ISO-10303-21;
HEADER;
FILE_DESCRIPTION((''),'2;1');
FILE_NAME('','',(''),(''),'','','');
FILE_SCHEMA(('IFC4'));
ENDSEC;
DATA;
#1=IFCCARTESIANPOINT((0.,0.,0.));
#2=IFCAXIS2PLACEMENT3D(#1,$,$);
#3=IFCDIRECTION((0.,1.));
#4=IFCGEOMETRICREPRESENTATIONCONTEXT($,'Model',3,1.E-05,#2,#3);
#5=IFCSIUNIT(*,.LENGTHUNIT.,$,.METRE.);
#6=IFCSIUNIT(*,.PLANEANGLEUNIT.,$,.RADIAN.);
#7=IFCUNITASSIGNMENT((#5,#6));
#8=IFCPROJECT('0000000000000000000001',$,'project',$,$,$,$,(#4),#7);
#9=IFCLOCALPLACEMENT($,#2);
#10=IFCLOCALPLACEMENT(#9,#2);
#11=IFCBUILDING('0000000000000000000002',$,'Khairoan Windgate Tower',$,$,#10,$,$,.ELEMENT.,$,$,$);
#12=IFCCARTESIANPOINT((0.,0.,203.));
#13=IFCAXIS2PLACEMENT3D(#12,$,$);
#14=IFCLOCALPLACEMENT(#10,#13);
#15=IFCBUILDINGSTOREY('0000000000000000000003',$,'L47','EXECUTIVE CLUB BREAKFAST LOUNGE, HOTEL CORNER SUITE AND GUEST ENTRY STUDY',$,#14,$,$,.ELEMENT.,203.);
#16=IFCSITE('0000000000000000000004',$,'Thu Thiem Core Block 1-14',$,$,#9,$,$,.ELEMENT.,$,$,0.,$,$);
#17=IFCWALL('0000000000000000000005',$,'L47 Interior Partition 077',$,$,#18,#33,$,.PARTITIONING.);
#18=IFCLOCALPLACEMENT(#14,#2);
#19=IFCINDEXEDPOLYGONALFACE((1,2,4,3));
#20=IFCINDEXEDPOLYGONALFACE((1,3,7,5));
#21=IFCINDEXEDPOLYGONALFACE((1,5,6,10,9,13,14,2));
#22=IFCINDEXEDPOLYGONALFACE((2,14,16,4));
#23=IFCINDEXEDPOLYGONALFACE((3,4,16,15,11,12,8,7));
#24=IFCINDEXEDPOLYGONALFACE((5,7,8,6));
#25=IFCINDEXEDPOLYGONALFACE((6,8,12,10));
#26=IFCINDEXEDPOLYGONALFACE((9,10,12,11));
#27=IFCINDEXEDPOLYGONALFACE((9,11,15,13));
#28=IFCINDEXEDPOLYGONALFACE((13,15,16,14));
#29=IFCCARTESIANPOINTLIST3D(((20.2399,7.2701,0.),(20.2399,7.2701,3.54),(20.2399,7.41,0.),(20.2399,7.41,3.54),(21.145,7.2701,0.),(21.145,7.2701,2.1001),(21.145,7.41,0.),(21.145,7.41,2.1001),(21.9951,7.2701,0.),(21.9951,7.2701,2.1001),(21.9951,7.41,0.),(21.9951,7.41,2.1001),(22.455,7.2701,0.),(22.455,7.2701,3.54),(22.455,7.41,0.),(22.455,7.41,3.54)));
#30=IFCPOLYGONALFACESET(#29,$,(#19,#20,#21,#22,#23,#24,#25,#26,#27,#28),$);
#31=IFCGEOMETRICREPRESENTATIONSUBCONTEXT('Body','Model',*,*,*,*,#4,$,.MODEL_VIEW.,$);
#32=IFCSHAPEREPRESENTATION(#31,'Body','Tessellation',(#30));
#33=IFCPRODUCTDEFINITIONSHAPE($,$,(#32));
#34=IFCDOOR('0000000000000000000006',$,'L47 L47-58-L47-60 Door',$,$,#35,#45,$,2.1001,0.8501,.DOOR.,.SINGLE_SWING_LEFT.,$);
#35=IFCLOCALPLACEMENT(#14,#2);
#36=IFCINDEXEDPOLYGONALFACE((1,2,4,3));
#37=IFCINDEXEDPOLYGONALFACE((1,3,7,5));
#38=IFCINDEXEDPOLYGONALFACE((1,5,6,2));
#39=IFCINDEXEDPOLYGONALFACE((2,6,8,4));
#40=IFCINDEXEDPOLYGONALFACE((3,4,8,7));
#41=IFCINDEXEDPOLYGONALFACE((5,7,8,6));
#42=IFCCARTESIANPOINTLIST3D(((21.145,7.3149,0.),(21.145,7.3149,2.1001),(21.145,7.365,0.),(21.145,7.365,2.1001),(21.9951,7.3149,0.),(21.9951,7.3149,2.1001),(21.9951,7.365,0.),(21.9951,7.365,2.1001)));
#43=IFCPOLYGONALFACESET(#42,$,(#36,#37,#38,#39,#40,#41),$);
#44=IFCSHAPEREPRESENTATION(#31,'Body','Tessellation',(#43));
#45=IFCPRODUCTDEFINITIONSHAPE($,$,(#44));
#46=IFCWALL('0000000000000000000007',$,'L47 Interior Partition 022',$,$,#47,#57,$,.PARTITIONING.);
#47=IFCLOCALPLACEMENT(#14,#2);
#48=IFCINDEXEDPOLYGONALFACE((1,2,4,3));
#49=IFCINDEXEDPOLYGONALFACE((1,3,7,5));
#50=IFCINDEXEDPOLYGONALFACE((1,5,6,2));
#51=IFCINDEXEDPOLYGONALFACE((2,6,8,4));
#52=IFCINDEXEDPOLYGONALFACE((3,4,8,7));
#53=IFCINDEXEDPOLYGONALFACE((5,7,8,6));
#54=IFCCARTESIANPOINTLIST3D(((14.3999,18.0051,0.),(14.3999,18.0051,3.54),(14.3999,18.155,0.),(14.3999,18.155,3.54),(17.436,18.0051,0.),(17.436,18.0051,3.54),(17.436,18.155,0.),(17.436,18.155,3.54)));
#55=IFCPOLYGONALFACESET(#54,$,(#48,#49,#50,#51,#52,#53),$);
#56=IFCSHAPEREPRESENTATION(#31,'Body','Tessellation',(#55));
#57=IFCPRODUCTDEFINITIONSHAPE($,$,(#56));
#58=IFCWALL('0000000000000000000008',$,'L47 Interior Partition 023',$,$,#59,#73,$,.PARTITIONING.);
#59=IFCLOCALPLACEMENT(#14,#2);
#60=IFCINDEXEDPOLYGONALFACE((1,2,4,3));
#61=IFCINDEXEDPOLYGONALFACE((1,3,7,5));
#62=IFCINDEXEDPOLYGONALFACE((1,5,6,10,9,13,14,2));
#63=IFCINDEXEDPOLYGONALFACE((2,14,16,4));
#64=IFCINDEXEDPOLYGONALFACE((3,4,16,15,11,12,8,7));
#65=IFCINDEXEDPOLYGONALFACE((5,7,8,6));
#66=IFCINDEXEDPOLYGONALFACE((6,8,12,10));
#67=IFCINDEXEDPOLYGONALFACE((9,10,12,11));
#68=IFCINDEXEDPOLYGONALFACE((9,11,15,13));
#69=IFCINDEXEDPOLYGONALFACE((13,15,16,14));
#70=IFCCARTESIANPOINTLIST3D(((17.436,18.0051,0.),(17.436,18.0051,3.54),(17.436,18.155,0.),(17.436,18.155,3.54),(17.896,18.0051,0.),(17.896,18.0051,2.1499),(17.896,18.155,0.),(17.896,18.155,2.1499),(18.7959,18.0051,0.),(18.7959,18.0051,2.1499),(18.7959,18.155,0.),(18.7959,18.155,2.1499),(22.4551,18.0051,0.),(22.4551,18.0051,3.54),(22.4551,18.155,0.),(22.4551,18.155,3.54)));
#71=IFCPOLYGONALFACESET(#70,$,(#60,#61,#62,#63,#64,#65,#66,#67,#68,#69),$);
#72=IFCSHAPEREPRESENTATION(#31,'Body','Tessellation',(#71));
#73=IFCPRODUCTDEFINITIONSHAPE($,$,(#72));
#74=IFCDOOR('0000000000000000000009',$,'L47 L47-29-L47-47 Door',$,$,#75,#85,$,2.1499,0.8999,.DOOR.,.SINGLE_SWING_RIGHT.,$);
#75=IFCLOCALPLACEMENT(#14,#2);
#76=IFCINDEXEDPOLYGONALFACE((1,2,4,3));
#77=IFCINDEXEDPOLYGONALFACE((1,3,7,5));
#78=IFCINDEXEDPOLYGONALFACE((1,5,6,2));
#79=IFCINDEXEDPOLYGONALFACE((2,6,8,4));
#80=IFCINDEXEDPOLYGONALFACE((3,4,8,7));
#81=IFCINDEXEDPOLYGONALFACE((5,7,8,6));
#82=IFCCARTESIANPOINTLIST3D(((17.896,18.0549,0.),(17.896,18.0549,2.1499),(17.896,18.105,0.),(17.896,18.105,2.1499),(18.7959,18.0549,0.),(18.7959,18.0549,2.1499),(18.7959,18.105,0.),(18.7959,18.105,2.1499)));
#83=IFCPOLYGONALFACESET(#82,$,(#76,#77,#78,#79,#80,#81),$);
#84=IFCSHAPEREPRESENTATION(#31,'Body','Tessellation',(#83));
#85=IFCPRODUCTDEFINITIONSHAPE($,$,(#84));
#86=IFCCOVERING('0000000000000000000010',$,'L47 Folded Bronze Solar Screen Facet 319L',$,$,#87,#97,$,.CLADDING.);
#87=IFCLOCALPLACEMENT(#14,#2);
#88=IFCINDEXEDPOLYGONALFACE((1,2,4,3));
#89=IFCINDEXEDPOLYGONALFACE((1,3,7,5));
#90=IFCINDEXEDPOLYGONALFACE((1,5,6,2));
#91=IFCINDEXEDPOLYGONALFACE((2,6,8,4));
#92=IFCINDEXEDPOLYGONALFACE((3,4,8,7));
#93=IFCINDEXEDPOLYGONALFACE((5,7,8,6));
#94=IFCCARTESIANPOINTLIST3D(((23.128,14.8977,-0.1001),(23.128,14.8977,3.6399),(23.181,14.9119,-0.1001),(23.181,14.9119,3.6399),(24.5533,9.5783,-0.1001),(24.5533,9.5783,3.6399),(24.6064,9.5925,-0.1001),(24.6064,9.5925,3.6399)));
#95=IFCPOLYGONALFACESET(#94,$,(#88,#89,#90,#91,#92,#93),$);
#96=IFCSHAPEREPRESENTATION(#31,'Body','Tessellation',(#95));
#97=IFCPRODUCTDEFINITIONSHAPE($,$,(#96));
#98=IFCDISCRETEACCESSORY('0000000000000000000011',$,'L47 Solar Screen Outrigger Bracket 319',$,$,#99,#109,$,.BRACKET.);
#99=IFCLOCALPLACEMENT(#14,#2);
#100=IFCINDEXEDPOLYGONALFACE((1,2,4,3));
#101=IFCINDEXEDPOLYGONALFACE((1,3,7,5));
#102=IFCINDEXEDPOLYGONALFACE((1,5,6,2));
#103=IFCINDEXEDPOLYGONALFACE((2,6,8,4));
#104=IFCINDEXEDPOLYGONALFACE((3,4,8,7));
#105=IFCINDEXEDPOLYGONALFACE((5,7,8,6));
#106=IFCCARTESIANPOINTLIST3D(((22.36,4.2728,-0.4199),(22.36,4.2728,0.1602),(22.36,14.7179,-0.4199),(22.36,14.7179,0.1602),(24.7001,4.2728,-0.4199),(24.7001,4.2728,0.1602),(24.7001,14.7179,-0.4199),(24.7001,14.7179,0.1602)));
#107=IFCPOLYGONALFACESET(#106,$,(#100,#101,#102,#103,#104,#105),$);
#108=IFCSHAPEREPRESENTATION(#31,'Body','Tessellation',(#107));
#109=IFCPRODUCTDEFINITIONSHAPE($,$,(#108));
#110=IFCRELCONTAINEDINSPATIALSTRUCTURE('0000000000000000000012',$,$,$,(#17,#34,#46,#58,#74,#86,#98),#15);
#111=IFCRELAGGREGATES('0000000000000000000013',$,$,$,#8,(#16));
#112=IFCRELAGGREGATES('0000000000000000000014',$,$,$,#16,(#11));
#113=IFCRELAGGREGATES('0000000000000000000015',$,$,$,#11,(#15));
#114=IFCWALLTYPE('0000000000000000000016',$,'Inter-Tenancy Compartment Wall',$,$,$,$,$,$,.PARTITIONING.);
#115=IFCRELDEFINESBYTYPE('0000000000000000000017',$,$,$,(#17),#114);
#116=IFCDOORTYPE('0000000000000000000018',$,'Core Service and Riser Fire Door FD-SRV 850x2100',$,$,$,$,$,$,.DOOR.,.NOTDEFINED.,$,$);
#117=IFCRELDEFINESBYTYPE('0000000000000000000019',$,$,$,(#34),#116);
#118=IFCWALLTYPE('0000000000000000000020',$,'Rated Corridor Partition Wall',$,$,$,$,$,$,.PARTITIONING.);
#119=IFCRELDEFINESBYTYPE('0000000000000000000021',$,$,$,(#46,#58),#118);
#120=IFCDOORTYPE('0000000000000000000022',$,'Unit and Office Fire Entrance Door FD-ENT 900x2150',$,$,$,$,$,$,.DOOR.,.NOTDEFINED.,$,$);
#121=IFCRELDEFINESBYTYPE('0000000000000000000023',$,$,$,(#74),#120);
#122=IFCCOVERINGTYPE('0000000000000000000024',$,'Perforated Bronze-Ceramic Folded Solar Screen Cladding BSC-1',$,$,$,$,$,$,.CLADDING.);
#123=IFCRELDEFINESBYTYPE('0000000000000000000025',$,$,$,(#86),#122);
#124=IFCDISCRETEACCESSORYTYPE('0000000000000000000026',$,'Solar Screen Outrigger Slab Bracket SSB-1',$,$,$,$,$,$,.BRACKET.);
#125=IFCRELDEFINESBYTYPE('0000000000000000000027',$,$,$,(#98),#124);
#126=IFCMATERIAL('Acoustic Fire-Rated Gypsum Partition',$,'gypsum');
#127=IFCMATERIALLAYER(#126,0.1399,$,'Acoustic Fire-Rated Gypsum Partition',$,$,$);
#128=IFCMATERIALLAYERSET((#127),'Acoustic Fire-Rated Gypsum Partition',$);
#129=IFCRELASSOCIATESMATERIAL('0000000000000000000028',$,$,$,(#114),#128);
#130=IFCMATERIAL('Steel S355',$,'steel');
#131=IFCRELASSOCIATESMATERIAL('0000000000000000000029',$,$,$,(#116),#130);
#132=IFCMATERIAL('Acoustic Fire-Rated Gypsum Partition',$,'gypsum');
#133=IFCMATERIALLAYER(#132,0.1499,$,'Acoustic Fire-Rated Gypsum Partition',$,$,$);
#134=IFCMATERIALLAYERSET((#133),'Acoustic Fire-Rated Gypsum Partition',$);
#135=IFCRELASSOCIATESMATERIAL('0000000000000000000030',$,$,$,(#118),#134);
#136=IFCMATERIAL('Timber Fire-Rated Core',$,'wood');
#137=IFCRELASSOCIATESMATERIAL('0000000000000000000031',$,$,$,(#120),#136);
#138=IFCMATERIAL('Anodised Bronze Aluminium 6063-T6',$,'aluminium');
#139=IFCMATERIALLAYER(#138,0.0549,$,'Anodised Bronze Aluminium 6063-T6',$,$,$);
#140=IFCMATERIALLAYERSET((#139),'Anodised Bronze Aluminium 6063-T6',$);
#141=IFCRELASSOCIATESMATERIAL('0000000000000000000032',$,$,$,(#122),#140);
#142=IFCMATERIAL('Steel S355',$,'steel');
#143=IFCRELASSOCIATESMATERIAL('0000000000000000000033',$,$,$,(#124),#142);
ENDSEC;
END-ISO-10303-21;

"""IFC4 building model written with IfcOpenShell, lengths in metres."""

from ifc_helpers import new_model, si_unit, direction, frame, frame_2d, origin, origin_2d, place, context, subcontext, project, spatial, rectangle, extrude, material, layer, layer_set, type_object, element, fill, save


model = new_model("IFC4")

# Units and contexts
model_context = context("Model", 3, precision=1e-05, world=origin(), true_north=direction((0.0, 1.0)))
body_context = subcontext(model_context, "Body", "Model", "MODEL_VIEW")
ifc_project = project(units=[si_unit("LENGTHUNIT", "METRE"), si_unit("PLANEANGLEUNIT", "RADIAN")], contexts=[model_context])

# Site, building, storey
site_placement = place(None, origin())
site = spatial("IfcSite", under=ifc_project, at=site_placement, Name="Thu Thiem Core Block 1-14", CompositionType="ELEMENT", RefElevation=0.0)
building_placement = place(site_placement, origin())
building = spatial("IfcBuilding", under=site, at=building_placement, Name="Khairoan Windgate Tower", CompositionType="ELEMENT")
storey_placement = place(building_placement, frame((0.0, 0.0, 203.0)))
storey = spatial("IfcBuildingStorey", under=building, at=storey_placement, Name="L47", Description="EXECUTIVE CLUB BREAKFAST LOUNGE, HOTEL CORNER SUITE AND GUEST ENTRY STUDY", CompositionType="ELEMENT", Elevation=203.0)

# Wall, opening, door
ifc_material_1 = material(Name="Acoustic Fire-Rated Gypsum Partition", Category="gypsum")
ifc_layer_1 = layer(ifc_material_1, 0.1399, Name="Acoustic Fire-Rated Gypsum Partition")
ifc_layer_set_1 = layer_set([ifc_layer_1], Name="Acoustic Fire-Rated Gypsum Partition")
wall_type_1 = type_object("IfcWallType", Name="Inter-Tenancy Compartment Wall", PredefinedType="PARTITIONING", material=ifc_layer_set_1)
wall_1_placement = place(storey_placement, frame((20.24, 7.3401, 0.0), z_axis=(0.0, 0.0, 1.0), x_axis=(1.0, 0.0, 0.0)))
wall_1 = element("IfcWall", 1, at=wall_1_placement, inside=storey, type_object=wall_type_1, Name="L47 Interior Partition 077", PredefinedType="PARTITIONING", context=body_context, shape_type="SweptSolid", body=[
    extrude(rectangle(XDim=2.2151, YDim=0.1399, at=frame_2d((1.1074, 0.0))), origin(), (0.0, 0.0, 1.0), 3.54),
])
opening_1_placement = place(wall_1_placement, frame((0.905, 0.0, 0.0)))
opening_1 = element("IfcOpeningElement", 2, at=opening_1_placement, cuts=wall_1, PredefinedType="OPENING", context=body_context, shape_type="SweptSolid", body=[
    extrude(rectangle(XDim=0.8501, YDim=2.1001, at=frame_2d((0.425, 1.05))), frame((0.0, 0.0798, 0.0), z_axis=(0.0, -1.0, 0.0), x_axis=(1.0, 0.0, 0.0)), (0.0, 0.0, 1.0), 0.1599),
])
ifc_material_2 = material(Name="Steel S355", Category="steel")
door_type_1 = type_object("IfcDoorType", Name="Core Service and Riser Fire Door FD-SRV 850x2100", OperationType="NOTDEFINED", PredefinedType="DOOR", material=ifc_material_2)
door_1_placement = place(opening_1_placement, origin())
door_1 = element("IfcDoor", 3, at=door_1_placement, inside=storey, type_object=door_type_1, Name="L47 L47-58-L47-60 Door", OperationType="SINGLE_SWING_LEFT", OverallHeight=2.1001, OverallWidth=0.8501, PredefinedType="DOOR", context=body_context, shape_type="SweptSolid", body=[
    extrude(rectangle(XDim=0.8501, YDim=2.1001, at=frame_2d((0.425, 1.05))), frame((0.0, 0.0249, 0.0), z_axis=(0.0, -1.0, 0.0), x_axis=(1.0, 0.0, 0.0)), (0.0, 0.0, 1.0), 0.05),
])
fill(opening_1, door_1)

# Wall
ifc_material_3 = material(Name="Acoustic Fire-Rated Gypsum Partition", Category="gypsum")
ifc_layer_2 = layer(ifc_material_3, 0.1499, Name="Acoustic Fire-Rated Gypsum Partition")
ifc_layer_set_2 = layer_set([ifc_layer_2], Name="Acoustic Fire-Rated Gypsum Partition")
wall_type_2 = type_object("IfcWallType", Name="Rated Corridor Partition Wall", PredefinedType="PARTITIONING", material=ifc_layer_set_2)
wall_2_placement = place(storey_placement, frame((14.3999, 18.0801, 0.0), z_axis=(0.0, 0.0, 1.0), x_axis=(1.0, 0.0, 0.0)))
element("IfcWall", 4, at=wall_2_placement, inside=storey, type_object=wall_type_2, Name="L47 Interior Partition 022", PredefinedType="PARTITIONING", context=body_context, shape_type="SweptSolid", body=[
    extrude(rectangle(XDim=3.0361, YDim=0.1499, at=frame_2d((1.5181, 0.0))), origin(), (0.0, 0.0, 1.0), 3.54),
])

# Wall, opening, door
wall_3_placement = place(storey_placement, frame((17.436, 18.0801, 0.0), z_axis=(0.0, 0.0, 1.0), x_axis=(1.0, 0.0, 0.0)))
wall_3 = element("IfcWall", 5, at=wall_3_placement, inside=storey, type_object=wall_type_2, Name="L47 Interior Partition 023", PredefinedType="PARTITIONING", context=body_context, shape_type="SweptSolid", body=[
    extrude(rectangle(XDim=5.019, YDim=0.1499, at=frame_2d((2.5095, 0.0))), origin(), (0.0, 0.0, 1.0), 3.54),
])
opening_2_placement = place(wall_3_placement, frame((0.46, 0.0, 0.0)))
opening_2 = element("IfcOpeningElement", 6, at=opening_2_placement, cuts=wall_3, PredefinedType="OPENING", context=body_context, shape_type="SweptSolid", body=[
    extrude(rectangle(XDim=0.8999, YDim=2.1499, at=frame_2d((0.45, 1.075))), frame((0.0, 0.085, 0.0), z_axis=(0.0, -1.0, 0.0), x_axis=(1.0, 0.0, 0.0)), (0.0, 0.0, 1.0), 0.1699),
])
ifc_material_4 = material(Name="Timber Fire-Rated Core", Category="wood")
door_type_2 = type_object("IfcDoorType", Name="Unit and Office Fire Entrance Door FD-ENT 900x2150", OperationType="NOTDEFINED", PredefinedType="DOOR", material=ifc_material_4)
door_2_placement = place(opening_2_placement, origin())
door_2 = element("IfcDoor", 7, at=door_2_placement, inside=storey, type_object=door_type_2, Name="L47 L47-29-L47-47 Door", OperationType="SINGLE_SWING_RIGHT", OverallHeight=2.1499, OverallWidth=0.8999, PredefinedType="DOOR", context=body_context, shape_type="SweptSolid", body=[
    extrude(rectangle(XDim=0.8999, YDim=2.1499, at=frame_2d((0.45, 1.075))), frame((0.0, 0.0249, 0.0), z_axis=(0.0, -1.0, 0.0), x_axis=(1.0, 0.0, 0.0)), (0.0, 0.0, 1.0), 0.05),
])
fill(opening_2, door_2)

# Covering
ifc_material_5 = material(Name="Anodised Bronze Aluminium 6063-T6", Category="aluminium")
ifc_layer_3 = layer(ifc_material_5, 0.0549, Name="Anodised Bronze Aluminium 6063-T6")
ifc_layer_set_3 = layer_set([ifc_layer_3], Name="Anodised Bronze Aluminium 6063-T6")
covering_type = type_object("IfcCoveringType", Name="Perforated Bronze-Ceramic Folded Solar Screen Cladding BSC-1", PredefinedType="CLADDING", material=ifc_layer_set_3)
covering_placement = place(storey_placement, frame((23.8672, 12.2451, -0.1001), z_axis=(0.0, 0.0, 1.0), x_axis=(0.258819, -0.965926, 0.0)))
element("IfcCovering", 8, at=covering_placement, inside=storey, type_object=covering_type, Name="L47 Folded Bronze Solar Screen Facet 319L", PredefinedType="CLADDING", context=body_context, shape_type="SweptSolid", body=[
    extrude(rectangle(XDim=5.5071, YDim=0.0549, at=origin_2d()), origin(), (0.0, 0.0, 1.0), 3.74),
])

# Discrete accessory
ifc_material_6 = material(Name="Steel S355", Category="steel")
discrete_accessory_type = type_object("IfcDiscreteAccessoryType", Name="Solar Screen Outrigger Slab Bracket SSB-1", PredefinedType="BRACKET", material=ifc_material_6)
discrete_accessory_placement = place(storey_placement, frame((23.53, 9.4954, -0.4199), z_axis=(0.0, 0.0, 1.0), x_axis=(0.0, -1.0, 0.0)))
element("IfcDiscreteAccessory", 9, at=discrete_accessory_placement, inside=storey, type_object=discrete_accessory_type, Name="L47 Solar Screen Outrigger Bracket 319", PredefinedType="BRACKET", context=body_context, shape_type="SweptSolid", body=[
    extrude(rectangle(XDim=10.4451, YDim=2.3401, at=origin_2d()), origin(), (0.0, 0.0, 1.0), 0.5801),
])

save(model, "model.ifc")
